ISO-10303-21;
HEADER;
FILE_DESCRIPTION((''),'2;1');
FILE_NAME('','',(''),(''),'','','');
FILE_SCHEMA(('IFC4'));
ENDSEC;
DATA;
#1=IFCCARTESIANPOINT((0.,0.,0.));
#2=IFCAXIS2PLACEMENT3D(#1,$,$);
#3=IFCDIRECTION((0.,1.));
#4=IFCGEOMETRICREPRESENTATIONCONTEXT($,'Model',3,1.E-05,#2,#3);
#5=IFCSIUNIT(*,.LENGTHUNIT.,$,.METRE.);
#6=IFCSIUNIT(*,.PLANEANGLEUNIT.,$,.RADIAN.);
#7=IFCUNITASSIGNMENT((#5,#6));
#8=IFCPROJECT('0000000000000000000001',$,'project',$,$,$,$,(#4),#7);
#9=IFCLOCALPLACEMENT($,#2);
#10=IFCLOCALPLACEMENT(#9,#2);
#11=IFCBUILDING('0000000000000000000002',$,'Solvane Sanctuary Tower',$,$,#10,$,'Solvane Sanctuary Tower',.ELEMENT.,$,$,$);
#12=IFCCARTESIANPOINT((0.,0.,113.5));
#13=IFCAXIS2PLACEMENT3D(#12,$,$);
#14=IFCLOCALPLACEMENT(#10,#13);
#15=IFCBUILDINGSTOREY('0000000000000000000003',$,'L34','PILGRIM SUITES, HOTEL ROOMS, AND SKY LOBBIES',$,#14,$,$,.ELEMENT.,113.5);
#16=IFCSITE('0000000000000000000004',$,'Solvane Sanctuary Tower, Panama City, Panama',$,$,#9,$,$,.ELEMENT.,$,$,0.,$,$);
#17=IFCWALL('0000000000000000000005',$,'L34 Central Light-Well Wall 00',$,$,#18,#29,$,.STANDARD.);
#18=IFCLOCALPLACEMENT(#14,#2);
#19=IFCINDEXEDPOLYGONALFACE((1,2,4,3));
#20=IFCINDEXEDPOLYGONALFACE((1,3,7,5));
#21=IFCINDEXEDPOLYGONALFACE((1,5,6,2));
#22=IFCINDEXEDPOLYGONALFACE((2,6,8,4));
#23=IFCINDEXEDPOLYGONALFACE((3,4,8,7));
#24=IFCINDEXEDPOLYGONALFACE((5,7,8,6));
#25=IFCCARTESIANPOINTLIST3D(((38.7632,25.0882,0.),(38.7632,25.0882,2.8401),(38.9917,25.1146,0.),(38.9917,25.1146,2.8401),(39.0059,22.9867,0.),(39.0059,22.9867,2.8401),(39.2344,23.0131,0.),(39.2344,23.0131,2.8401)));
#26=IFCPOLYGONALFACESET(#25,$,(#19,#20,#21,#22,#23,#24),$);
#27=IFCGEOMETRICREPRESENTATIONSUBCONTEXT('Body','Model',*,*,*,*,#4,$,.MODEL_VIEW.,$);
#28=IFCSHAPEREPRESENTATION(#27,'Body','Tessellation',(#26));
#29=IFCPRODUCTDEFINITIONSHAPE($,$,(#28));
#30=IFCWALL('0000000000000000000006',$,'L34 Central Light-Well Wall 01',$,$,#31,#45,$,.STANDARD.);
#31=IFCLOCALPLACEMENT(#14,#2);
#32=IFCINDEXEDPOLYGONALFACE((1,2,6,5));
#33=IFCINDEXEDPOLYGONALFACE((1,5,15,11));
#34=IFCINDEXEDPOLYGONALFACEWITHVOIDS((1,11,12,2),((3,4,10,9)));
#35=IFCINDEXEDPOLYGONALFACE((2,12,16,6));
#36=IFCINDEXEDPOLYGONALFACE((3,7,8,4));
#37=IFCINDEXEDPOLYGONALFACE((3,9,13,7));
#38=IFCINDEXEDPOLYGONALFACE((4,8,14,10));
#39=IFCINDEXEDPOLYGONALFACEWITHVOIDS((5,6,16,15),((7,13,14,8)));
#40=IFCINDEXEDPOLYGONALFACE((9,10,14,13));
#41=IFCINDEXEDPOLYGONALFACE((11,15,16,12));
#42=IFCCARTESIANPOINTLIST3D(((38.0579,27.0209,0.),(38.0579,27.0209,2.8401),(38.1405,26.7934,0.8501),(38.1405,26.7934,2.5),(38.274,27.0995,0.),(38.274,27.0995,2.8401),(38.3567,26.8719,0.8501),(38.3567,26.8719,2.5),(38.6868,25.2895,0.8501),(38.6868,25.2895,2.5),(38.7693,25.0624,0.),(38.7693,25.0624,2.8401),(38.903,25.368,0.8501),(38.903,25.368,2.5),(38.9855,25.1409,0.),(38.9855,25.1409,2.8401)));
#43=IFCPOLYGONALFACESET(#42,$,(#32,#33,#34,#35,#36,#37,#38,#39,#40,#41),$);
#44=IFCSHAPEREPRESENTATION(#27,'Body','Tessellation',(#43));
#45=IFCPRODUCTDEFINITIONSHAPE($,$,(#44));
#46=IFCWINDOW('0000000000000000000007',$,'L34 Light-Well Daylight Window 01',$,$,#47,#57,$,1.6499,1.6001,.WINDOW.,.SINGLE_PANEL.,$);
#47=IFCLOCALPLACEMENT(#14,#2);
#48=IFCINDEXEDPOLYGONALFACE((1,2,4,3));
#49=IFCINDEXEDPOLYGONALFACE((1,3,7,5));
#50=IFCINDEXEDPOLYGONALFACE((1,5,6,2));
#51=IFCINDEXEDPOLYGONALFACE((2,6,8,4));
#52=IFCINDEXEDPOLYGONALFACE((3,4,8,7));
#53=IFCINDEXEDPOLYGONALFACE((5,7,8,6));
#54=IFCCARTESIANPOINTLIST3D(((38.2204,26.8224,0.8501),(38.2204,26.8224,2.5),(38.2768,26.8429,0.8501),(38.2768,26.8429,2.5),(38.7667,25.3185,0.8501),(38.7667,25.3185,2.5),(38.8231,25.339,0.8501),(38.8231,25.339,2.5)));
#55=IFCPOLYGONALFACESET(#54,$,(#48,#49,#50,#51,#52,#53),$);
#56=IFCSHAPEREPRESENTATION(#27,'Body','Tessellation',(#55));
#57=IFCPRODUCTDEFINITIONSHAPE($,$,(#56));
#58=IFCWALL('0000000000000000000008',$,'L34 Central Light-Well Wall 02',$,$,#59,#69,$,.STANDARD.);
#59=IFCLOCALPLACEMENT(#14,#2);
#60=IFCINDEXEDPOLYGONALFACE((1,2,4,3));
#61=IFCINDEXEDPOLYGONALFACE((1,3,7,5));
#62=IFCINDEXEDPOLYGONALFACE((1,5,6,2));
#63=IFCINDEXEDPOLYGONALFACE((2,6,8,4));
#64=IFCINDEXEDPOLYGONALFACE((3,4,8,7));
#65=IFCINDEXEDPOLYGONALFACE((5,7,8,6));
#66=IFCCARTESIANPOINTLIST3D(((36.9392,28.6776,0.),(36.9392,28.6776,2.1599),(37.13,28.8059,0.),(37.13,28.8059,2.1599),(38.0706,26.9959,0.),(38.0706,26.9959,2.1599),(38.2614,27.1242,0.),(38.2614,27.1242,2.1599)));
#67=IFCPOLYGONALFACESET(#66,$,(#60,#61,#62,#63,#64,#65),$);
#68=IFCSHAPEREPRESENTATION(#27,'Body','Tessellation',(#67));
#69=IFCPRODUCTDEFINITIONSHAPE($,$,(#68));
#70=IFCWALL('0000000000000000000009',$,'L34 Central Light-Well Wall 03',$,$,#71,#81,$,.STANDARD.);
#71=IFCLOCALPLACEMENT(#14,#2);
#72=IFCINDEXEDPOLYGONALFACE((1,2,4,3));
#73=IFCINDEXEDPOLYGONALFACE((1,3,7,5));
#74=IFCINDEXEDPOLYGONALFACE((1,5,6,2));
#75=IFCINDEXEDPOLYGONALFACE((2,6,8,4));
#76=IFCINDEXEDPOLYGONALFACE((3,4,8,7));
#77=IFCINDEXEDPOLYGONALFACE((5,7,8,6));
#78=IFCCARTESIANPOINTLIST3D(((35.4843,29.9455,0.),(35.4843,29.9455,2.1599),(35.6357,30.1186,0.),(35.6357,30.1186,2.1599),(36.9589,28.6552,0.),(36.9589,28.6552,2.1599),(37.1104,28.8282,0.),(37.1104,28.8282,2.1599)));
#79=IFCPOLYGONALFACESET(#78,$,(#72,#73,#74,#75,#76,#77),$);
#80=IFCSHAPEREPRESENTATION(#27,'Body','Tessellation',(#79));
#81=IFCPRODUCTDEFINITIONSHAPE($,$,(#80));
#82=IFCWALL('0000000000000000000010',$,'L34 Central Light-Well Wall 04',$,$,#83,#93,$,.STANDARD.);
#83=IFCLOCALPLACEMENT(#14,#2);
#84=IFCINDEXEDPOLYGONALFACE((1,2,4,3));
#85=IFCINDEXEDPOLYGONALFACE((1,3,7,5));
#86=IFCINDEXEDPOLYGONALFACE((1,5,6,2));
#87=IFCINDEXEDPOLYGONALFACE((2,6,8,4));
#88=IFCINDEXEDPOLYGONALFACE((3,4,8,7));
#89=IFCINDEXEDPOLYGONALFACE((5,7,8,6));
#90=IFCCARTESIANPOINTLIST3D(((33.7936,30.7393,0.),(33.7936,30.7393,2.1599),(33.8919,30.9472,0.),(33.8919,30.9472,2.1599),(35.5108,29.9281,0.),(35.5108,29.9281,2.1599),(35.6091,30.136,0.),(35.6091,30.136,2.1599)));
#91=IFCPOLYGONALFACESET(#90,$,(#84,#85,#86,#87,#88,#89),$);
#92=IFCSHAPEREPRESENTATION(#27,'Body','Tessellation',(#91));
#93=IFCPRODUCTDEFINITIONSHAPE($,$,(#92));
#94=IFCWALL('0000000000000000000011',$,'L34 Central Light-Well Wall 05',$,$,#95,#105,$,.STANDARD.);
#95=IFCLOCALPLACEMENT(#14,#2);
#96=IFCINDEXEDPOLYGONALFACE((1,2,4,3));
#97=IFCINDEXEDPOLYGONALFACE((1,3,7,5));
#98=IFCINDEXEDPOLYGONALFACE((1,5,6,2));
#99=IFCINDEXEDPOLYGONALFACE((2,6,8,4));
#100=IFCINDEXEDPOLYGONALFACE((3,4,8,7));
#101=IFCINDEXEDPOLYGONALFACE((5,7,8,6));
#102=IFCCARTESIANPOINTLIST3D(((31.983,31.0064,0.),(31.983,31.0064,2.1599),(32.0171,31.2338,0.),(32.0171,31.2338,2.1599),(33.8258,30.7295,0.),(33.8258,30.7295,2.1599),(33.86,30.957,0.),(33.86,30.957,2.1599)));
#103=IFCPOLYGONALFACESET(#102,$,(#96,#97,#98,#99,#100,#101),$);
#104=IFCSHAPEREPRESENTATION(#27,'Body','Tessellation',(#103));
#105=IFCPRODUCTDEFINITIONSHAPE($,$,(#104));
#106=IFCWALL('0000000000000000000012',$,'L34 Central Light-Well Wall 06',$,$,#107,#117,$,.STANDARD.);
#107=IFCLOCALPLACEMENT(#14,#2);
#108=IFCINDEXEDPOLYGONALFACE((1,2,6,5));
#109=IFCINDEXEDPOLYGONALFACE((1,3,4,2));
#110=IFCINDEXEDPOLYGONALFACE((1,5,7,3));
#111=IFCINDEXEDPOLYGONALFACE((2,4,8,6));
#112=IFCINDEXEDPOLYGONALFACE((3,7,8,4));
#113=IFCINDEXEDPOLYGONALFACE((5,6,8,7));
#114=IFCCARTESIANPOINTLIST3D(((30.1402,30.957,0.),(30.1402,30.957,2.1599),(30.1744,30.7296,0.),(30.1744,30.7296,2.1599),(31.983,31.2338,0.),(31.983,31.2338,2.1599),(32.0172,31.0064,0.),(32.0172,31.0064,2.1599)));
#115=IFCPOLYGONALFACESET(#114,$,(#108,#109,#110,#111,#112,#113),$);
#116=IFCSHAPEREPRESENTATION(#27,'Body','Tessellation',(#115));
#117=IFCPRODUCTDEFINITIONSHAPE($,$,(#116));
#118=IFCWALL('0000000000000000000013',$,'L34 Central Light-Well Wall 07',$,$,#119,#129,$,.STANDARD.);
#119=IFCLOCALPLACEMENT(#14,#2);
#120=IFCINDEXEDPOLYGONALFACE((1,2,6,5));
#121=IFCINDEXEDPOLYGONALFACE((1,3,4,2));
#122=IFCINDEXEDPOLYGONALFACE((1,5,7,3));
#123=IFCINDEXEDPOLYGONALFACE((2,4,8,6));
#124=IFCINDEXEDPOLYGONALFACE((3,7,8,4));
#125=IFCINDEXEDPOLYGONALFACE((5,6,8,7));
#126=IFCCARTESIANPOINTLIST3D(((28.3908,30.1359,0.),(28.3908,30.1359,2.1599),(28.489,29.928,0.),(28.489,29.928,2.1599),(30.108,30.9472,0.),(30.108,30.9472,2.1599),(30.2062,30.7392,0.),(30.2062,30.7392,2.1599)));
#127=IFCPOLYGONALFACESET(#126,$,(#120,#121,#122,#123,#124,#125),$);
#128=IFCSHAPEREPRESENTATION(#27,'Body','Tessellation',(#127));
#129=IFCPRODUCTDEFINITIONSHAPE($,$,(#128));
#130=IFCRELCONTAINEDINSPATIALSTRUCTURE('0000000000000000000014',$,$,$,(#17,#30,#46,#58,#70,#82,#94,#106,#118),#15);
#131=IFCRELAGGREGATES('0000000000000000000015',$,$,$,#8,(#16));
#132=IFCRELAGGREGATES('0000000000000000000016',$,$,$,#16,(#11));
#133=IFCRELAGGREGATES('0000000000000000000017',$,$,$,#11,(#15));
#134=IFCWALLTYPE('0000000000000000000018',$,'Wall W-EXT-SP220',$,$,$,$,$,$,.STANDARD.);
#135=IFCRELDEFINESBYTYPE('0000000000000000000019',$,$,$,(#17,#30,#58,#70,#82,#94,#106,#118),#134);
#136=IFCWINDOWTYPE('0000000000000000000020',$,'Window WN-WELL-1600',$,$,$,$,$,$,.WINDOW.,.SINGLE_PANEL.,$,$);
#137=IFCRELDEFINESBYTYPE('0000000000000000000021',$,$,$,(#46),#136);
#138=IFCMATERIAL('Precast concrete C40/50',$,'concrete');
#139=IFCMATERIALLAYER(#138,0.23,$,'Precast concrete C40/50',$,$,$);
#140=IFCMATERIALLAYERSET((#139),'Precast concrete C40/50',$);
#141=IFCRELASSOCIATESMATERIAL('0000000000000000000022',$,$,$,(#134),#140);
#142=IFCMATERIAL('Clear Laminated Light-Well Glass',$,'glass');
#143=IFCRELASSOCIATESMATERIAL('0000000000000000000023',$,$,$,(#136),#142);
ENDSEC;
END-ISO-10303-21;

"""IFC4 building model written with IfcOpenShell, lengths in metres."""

from ifc_helpers import new_model, si_unit, direction, frame, frame_2d, origin, place, context, subcontext, project, spatial, rectangle, extrude, material, layer, layer_set, type_object, element, fill, save


model = new_model("IFC4")

# Units and contexts
model_context = context("Model", 3, precision=1e-05, world=origin(), true_north=direction((0.0, 1.0)))
body_context = subcontext(model_context, "Body", "Model", "MODEL_VIEW")
ifc_project = project(units=[si_unit("LENGTHUNIT", "METRE"), si_unit("PLANEANGLEUNIT", "RADIAN")], contexts=[model_context])

# Site, building, storey
site_placement = place(None, origin())
site = spatial("IfcSite", under=ifc_project, at=site_placement, Name="Solvane Sanctuary Tower, Panama City, Panama", CompositionType="ELEMENT", RefElevation=0.0)
building_placement = place(site_placement, origin())
building = spatial("IfcBuilding", under=site, at=building_placement, Name="Solvane Sanctuary Tower", LongName="Solvane Sanctuary Tower", CompositionType="ELEMENT")
storey_placement = place(building_placement, frame((0.0, 0.0, 113.5)))
storey = spatial("IfcBuildingStorey", under=building, at=storey_placement, Name="L34", Description="PILGRIM SUITES, HOTEL ROOMS, AND SKY LOBBIES", CompositionType="ELEMENT", Elevation=113.5)

# Wall
ifc_material_1 = material(Name="Precast concrete C40/50", Category="concrete")
ifc_layer_1 = layer(ifc_material_1, 0.23, Name="Precast concrete C40/50")
ifc_layer_set_1 = layer_set([ifc_layer_1], Name="Precast concrete C40/50")
wall_type_1 = type_object("IfcWallType", Name="Wall W-EXT-SP220", PredefinedType="STANDARD", material=ifc_layer_set_1)
wall_1_placement = place(storey_placement, frame((39.1201, 23.0, 0.0), z_axis=(0.0, 0.0, 1.0), x_axis=(-0.114712, 0.993399, 0.0)))
element("IfcWall", 1, at=wall_1_placement, inside=storey, type_object=wall_type_1, Name="L34 Central Light-Well Wall 00", PredefinedType="STANDARD", context=body_context, shape_type="SweptSolid", body=[
    extrude(rectangle(XDim=2.1155, YDim=0.23, at=frame_2d((1.0576, 0.0))), origin(), (0.0, 0.0, 1.0), 2.8401),
])

# Wall, opening, window
wall_2_placement = place(storey_placement, frame((38.8774, 25.1016, 0.0), z_axis=(0.0, 0.0, 1.0), x_axis=(-0.341423, 0.93991, 0.0)))
wall_2 = element("IfcWall", 2, at=wall_2_placement, inside=storey, type_object=wall_type_1, Name="L34 Central Light-Well Wall 01", PredefinedType="STANDARD", context=body_context, shape_type="SweptSolid", body=[
    extrude(rectangle(XDim=2.0837, YDim=0.23, at=frame_2d((1.042, 0.0))), origin(), (0.0, 0.0, 1.0), 2.8401),
])
opening_1_placement = place(wall_2_placement, frame((0.2417, 0.0, 0.8501)))
opening_1 = element("IfcOpeningElement", 3, at=opening_1_placement, cuts=wall_2, PredefinedType="OPENING", context=body_context, shape_type="SweptSolid", body=[
    extrude(rectangle(XDim=1.6001, YDim=1.6499, at=frame_2d((0.8, 0.825))), frame((0.0, 0.125, 0.0), z_axis=(0.0, -1.0, 0.0), x_axis=(1.0, 0.0, 0.0)), (0.0, 0.0, 1.0), 0.25),
])
ifc_material_2 = material(Name="Clear Laminated Light-Well Glass", Category="glass")
window_type = type_object("IfcWindowType", Name="Window WN-WELL-1600", PartitioningType="SINGLE_PANEL", PredefinedType="WINDOW", material=ifc_material_2)
window_placement = place(opening_1_placement, origin())
window = element("IfcWindow", 4, at=window_placement, inside=storey, type_object=window_type, Name="L34 Light-Well Daylight Window 01", OverallHeight=1.6499, OverallWidth=1.6001, PartitioningType="SINGLE_PANEL", PredefinedType="WINDOW", context=body_context, shape_type="SweptSolid", body=[
    extrude(rectangle(XDim=1.6001, YDim=1.6499, at=frame_2d((0.8, 0.825))), frame((0.0, 0.03, 0.0), z_axis=(0.0, -1.0, 0.0), x_axis=(1.0, 0.0, 0.0)), (0.0, 0.0, 1.0), 0.0601),
])
fill(opening_1, window)

# Walls
wall_3_placement = place(storey_placement, frame((38.166, 27.0601, 0.0), z_axis=(0.0, 0.0, 1.0), x_axis=(-0.558198, 0.829708, 0.0)))
element("IfcWall", 5, at=wall_3_placement, inside=storey, type_object=wall_type_1, Name="L34 Central Light-Well Wall 02", PredefinedType="STANDARD", context=body_context, shape_type="SweptSolid", body=[
    extrude(rectangle(XDim=2.0269, YDim=0.23, at=frame_2d((1.0134, 0.0))), origin(), (0.0, 0.0, 1.0), 2.1599),
])
wall_4_placement = place(storey_placement, frame((37.0347, 28.7417, 0.0), z_axis=(0.0, 0.0, 1.0), x_axis=(-0.752577, 0.658505, 0.0)))
element("IfcWall", 6, at=wall_4_placement, inside=storey, type_object=wall_type_1, Name="L34 Central Light-Well Wall 03", PredefinedType="STANDARD", context=body_context, shape_type="SweptSolid", body=[
    extrude(rectangle(XDim=1.9595, YDim=0.23, at=frame_2d((0.9797, 0.0))), origin(), (0.0, 0.0, 1.0), 2.1599),
])
wall_5_placement = place(storey_placement, frame((35.5601, 30.032, 0.0), z_axis=(0.0, 0.0, 1.0), x_axis=(-0.90418, 0.427152, 0.0)))
element("IfcWall", 7, at=wall_5_placement, inside=storey, type_object=wall_type_1, Name="L34 Central Light-Well Wall 04", PredefinedType="STANDARD", context=body_context, shape_type="SweptSolid", body=[
    extrude(rectangle(XDim=1.8992, YDim=0.23, at=frame_2d((0.9497, 0.0))), origin(), (0.0, 0.0, 1.0), 2.1599),
])
for number, where, z_axis, x_axis, name in (
    (8, (33.8428, 30.8433, 0.0), (0.0, 0.0, 1.0), (-0.988902, 0.148571, 0.0), "L34 Central Light-Well Wall 05"),
    (9, (32.0, 31.1201, 0.0), (0.0, 0.0, 1.0), (-0.988902, -0.148571, 0.0), "L34 Central Light-Well Wall 06"),
):
    element("IfcWall", number, at=place(storey_placement, frame(where, z_axis=z_axis, x_axis=x_axis)), inside=storey, type_object=wall_type_1, Name=name, PredefinedType="STANDARD", context=body_context, shape_type="SweptSolid", body=[
        extrude(rectangle(XDim=1.8635, YDim=0.23, at=frame_2d((0.9316, 0.0))), origin(), (0.0, 0.0, 1.0), 2.1599),
    ])
wall_6_placement = place(storey_placement, frame((30.1572, 30.8433, 0.0), z_axis=(0.0, 0.0, 1.0), x_axis=(-0.90418, -0.427152, 0.0)))
element("IfcWall", 10, at=wall_6_placement, inside=storey, type_object=wall_type_1, Name="L34 Central Light-Well Wall 07", PredefinedType="STANDARD", context=body_context, shape_type="SweptSolid", body=[
    extrude(rectangle(XDim=1.8992, YDim=0.23, at=frame_2d((0.9497, 0.0))), origin(), (0.0, 0.0, 1.0), 2.1599),
])

save(model, "model.ifc")
